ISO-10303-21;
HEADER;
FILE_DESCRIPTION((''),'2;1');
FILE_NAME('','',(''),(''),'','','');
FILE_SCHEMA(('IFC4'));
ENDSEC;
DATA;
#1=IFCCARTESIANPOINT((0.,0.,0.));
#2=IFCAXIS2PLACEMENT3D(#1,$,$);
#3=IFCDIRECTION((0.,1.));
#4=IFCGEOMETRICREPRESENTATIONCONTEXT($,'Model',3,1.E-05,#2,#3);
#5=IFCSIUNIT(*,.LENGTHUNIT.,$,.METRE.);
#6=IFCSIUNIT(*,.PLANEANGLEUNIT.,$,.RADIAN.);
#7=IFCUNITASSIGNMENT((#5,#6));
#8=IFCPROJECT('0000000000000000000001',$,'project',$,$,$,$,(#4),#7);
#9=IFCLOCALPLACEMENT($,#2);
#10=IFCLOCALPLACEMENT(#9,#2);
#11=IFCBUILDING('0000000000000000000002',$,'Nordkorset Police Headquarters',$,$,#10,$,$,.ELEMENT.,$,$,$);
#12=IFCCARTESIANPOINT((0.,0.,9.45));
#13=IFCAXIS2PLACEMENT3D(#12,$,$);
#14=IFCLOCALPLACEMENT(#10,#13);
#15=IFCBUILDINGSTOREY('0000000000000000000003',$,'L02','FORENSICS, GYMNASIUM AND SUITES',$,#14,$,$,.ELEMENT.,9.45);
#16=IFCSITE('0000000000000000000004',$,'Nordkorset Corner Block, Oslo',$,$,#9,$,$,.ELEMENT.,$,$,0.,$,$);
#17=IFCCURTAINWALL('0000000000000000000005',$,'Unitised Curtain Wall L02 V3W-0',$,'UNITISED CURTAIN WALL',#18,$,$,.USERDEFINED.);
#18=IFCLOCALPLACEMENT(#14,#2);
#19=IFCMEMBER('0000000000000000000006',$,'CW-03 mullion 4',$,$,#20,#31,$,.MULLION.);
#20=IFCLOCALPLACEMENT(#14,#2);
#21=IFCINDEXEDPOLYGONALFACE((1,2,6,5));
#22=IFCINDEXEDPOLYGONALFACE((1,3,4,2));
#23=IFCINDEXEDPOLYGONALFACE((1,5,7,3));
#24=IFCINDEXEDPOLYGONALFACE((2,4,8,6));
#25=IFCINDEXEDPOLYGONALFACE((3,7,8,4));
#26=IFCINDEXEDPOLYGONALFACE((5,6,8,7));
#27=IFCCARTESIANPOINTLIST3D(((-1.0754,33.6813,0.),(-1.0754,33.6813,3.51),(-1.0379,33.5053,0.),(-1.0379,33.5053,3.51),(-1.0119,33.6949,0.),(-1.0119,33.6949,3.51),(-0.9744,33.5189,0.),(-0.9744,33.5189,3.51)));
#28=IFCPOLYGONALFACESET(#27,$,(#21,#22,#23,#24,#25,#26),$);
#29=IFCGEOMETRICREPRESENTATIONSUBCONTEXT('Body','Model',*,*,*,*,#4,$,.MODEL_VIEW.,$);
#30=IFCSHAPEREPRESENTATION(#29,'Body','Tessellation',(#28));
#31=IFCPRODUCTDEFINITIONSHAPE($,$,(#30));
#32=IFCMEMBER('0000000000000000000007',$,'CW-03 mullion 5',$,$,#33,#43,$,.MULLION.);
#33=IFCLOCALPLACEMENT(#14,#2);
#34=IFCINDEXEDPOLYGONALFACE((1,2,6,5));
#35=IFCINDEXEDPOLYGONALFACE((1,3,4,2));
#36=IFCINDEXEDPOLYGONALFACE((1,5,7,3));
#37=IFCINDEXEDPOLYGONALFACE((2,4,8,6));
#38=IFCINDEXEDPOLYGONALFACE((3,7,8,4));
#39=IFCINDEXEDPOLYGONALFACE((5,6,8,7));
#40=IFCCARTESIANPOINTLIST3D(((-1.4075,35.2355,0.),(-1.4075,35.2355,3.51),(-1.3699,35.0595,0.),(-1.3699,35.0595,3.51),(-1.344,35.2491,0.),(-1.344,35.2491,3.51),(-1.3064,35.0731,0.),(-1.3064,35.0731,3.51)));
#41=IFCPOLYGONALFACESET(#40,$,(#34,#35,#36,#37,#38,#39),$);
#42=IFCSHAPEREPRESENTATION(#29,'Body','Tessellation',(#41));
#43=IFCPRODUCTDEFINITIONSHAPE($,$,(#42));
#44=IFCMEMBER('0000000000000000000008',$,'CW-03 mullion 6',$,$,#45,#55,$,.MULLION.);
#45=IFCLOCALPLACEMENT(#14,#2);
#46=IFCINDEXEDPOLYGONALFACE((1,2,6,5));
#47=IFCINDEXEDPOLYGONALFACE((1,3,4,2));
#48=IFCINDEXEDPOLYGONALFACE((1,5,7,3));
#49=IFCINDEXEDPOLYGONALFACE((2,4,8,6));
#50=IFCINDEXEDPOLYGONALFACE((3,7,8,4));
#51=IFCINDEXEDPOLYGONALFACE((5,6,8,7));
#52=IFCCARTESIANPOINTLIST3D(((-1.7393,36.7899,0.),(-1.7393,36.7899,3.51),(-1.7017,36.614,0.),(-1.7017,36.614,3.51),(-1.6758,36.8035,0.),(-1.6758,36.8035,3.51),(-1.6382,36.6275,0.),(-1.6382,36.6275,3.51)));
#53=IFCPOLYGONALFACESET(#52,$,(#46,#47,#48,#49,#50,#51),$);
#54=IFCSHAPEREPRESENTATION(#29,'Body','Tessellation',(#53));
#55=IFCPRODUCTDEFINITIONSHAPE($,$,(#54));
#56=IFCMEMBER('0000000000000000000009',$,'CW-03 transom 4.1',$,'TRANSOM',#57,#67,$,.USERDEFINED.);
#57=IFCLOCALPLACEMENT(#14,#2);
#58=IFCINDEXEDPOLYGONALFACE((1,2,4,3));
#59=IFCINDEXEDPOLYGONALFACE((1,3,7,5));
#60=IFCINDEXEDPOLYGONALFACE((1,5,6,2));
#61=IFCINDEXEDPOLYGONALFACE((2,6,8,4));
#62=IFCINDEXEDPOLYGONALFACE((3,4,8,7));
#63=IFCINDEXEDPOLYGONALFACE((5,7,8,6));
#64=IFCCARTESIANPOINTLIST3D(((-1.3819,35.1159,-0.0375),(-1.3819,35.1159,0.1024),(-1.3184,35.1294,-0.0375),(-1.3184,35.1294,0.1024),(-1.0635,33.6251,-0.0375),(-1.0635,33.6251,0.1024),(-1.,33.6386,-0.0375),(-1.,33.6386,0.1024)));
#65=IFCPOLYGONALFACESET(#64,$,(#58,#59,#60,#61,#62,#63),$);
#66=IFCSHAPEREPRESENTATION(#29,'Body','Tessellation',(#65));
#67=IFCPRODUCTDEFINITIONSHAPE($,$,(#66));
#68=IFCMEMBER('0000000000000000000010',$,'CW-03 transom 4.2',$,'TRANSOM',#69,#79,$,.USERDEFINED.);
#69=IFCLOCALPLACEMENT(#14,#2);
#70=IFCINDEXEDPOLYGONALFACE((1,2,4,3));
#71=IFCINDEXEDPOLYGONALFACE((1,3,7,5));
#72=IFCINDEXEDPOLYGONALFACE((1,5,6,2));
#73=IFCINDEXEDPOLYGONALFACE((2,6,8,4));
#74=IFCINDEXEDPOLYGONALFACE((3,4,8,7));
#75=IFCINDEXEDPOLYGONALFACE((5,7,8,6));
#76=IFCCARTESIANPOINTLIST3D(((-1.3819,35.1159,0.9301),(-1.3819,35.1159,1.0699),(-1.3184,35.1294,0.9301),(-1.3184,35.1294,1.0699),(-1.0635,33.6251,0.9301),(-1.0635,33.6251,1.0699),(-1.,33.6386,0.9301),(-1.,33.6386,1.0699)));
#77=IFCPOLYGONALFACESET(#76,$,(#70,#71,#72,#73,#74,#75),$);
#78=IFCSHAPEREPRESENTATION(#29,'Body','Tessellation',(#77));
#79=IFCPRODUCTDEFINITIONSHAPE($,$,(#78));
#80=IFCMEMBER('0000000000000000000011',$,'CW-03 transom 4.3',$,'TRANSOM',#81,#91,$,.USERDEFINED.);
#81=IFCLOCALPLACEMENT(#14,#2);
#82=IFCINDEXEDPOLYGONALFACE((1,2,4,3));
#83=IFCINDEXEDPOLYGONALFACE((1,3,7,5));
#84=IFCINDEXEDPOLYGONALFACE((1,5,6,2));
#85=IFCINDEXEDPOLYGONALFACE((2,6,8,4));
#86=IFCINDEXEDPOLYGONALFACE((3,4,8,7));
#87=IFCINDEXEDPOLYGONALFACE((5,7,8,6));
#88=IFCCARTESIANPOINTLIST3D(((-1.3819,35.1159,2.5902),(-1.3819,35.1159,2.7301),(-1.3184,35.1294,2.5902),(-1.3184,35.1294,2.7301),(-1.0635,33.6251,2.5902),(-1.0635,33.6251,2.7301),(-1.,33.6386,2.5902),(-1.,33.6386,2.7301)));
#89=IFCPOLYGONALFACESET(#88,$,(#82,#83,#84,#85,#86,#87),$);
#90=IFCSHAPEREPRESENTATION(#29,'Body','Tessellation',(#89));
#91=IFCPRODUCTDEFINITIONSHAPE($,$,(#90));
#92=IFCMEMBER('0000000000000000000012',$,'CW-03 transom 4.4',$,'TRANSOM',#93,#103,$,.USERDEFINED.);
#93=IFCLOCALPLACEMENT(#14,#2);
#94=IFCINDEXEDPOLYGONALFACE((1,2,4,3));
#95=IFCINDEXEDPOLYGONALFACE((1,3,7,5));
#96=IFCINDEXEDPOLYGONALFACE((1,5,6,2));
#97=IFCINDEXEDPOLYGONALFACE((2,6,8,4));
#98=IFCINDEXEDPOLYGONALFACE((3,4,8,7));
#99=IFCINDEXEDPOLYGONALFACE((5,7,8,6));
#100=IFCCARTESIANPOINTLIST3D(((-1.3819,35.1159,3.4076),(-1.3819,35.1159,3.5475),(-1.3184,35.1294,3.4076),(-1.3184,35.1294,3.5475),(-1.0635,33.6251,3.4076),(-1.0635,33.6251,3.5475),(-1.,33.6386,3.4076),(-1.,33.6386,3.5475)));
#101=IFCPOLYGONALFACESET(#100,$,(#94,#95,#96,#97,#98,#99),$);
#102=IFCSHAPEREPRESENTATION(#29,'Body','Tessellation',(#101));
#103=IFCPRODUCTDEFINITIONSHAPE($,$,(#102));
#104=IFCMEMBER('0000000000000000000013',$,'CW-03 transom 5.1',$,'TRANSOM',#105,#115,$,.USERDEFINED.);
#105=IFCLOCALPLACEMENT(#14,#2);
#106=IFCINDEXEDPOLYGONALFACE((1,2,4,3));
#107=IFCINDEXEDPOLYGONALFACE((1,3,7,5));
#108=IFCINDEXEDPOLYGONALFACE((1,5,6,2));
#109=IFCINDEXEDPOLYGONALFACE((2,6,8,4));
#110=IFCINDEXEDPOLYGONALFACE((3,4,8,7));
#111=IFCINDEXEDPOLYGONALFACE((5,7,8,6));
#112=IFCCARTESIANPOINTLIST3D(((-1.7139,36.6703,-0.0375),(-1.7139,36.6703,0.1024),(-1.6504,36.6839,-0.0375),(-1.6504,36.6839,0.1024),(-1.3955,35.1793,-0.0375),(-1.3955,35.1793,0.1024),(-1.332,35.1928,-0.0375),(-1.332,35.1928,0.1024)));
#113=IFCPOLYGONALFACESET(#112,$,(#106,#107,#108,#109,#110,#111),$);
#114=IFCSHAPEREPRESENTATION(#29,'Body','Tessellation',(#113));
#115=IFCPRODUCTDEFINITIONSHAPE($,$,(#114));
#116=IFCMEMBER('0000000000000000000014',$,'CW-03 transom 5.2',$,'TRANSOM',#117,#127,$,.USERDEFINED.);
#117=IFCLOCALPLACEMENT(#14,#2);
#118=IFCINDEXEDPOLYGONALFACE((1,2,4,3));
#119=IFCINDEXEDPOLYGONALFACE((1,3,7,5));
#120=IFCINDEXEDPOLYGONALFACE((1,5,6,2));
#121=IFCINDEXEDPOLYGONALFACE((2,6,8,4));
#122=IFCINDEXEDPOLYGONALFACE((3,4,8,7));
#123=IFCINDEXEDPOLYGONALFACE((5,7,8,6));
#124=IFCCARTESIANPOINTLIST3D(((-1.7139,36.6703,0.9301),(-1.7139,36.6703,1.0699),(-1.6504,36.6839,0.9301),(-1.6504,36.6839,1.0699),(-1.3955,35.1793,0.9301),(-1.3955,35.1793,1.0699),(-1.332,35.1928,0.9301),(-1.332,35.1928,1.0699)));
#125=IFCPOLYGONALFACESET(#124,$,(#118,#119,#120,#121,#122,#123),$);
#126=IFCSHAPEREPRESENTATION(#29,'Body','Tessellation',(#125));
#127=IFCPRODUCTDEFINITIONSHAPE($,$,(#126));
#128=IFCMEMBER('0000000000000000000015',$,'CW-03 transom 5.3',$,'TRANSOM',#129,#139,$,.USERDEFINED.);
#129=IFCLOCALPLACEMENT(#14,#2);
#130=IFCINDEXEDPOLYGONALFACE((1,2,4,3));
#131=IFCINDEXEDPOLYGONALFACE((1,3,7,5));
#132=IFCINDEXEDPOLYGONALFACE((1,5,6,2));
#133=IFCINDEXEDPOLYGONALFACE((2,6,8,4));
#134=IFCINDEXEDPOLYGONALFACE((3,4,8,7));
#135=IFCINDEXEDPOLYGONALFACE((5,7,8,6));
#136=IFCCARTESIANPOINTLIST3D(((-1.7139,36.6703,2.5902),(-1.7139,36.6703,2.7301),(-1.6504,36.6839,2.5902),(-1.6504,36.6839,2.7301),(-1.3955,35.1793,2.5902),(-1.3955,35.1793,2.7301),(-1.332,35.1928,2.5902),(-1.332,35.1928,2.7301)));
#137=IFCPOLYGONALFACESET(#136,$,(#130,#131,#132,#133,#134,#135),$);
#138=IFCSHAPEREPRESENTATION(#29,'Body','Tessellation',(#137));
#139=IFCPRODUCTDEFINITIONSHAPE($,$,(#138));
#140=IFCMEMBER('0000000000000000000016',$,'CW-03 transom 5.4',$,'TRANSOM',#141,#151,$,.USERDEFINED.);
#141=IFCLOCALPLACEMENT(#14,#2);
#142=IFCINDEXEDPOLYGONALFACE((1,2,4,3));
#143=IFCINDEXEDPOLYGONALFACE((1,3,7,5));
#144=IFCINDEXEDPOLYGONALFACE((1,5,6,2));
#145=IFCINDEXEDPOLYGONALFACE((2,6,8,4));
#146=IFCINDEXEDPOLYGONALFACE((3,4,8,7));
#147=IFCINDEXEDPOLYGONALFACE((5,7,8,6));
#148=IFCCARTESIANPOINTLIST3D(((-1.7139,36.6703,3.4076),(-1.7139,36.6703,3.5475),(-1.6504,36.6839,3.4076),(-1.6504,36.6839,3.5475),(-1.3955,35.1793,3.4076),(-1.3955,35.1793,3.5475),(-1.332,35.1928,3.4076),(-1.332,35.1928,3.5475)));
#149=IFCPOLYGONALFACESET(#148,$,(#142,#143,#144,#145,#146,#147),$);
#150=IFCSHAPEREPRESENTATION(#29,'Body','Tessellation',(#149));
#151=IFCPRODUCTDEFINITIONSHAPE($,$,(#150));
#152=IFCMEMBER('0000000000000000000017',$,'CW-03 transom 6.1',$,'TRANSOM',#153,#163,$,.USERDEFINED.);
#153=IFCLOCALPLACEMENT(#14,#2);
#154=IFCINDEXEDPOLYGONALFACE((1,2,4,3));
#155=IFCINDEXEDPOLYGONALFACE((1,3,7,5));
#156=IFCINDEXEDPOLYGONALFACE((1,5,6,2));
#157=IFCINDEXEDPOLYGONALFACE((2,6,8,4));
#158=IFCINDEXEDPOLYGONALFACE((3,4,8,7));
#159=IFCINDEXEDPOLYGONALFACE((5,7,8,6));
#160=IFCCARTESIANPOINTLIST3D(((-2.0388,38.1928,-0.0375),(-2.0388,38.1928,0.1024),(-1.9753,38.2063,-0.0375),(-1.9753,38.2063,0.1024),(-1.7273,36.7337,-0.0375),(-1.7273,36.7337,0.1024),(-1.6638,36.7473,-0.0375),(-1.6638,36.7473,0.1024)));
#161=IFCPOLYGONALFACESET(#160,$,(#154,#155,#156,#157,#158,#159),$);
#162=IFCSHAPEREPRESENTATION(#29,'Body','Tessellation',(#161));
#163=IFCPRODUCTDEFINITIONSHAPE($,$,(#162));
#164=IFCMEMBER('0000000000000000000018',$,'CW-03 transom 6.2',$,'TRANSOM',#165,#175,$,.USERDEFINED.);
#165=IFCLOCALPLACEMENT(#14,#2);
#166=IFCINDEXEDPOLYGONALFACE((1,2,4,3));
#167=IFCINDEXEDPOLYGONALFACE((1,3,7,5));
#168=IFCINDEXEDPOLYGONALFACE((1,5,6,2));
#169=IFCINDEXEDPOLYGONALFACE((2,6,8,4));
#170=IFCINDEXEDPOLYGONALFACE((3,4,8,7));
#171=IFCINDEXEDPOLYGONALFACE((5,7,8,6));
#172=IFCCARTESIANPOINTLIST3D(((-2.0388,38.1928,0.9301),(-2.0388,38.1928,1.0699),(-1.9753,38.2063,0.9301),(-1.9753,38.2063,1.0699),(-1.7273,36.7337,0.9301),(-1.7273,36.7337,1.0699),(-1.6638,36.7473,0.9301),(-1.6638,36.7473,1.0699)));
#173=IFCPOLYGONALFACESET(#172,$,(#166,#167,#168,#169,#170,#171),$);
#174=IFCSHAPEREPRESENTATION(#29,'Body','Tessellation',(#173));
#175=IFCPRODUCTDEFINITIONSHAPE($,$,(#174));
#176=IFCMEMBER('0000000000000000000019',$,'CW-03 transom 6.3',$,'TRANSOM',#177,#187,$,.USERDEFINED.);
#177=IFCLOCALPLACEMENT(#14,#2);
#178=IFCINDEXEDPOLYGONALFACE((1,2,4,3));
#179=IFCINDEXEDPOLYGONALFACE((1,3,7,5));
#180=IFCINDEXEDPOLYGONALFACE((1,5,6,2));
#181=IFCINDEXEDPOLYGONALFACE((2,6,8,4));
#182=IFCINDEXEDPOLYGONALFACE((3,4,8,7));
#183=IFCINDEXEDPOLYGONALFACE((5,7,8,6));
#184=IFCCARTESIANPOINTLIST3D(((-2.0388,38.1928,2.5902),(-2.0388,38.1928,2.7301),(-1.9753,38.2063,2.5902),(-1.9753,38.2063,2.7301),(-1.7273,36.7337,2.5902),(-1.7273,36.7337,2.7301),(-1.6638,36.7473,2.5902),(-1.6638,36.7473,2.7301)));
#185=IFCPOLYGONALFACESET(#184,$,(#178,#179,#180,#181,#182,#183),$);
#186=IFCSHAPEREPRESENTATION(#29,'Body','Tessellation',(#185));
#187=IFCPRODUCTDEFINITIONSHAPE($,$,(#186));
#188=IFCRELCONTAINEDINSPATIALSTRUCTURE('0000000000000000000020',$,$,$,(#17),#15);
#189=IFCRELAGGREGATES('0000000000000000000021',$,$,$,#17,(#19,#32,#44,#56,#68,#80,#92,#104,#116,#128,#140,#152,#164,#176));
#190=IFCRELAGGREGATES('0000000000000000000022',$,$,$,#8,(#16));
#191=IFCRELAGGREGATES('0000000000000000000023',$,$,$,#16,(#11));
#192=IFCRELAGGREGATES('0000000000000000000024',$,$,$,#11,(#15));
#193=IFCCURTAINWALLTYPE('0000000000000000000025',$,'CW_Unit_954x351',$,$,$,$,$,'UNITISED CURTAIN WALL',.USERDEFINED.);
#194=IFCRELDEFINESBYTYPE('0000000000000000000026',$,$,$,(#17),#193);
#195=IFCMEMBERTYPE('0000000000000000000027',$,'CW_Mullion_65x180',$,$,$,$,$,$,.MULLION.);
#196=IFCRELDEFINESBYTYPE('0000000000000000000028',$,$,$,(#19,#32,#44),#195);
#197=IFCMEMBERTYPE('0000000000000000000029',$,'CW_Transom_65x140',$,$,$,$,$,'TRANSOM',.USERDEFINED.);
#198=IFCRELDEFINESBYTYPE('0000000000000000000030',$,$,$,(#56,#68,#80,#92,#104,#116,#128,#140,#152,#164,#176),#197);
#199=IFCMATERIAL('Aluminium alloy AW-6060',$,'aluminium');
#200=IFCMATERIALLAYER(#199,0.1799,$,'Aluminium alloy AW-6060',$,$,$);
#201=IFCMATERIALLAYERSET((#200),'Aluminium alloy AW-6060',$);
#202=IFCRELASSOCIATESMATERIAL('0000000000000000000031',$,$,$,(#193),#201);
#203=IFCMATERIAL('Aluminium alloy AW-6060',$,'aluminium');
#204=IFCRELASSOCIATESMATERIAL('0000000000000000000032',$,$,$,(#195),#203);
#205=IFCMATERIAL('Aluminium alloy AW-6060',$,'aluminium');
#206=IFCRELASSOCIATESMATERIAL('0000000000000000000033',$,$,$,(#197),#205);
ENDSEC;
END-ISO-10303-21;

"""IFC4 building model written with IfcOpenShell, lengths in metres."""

from ifc_helpers import new_model, si_unit, direction, frame, origin, origin_2d, place, context, subcontext, project, spatial, rectangle, extrude, material, layer, layer_set, material_profile, profile_set, type_object, element, aggregate, save


model = new_model("IFC4")

# Units and contexts
model_context = context("Model", 3, precision=1e-05, world=origin(), true_north=direction((0.0, 1.0)))
body_context = subcontext(model_context, "Body", "Model", "MODEL_VIEW")
ifc_project = project(units=[si_unit("LENGTHUNIT", "METRE"), si_unit("PLANEANGLEUNIT", "RADIAN")], contexts=[model_context])

# Site, building, storey
site_placement = place(None, origin())
site = spatial("IfcSite", under=ifc_project, at=site_placement, Name="Nordkorset Corner Block, Oslo", CompositionType="ELEMENT", RefElevation=0.0)
building_placement = place(site_placement, origin())
building = spatial("IfcBuilding", under=site, at=building_placement, Name="Nordkorset Police Headquarters", CompositionType="ELEMENT")
storey_placement = place(building_placement, frame((0.0, 0.0, 9.45)))
storey = spatial("IfcBuildingStorey", under=building, at=storey_placement, Name="L02", Description="FORENSICS, GYMNASIUM AND SUITES", CompositionType="ELEMENT", Elevation=9.45)

# Curtain wall, members
ifc_material_1 = material(Name="Aluminium alloy AW-6060", Category="aluminium")
ifc_layer_1 = layer(ifc_material_1, 0.1799, Name="Aluminium alloy AW-6060")
ifc_layer_set_1 = layer_set([ifc_layer_1], Name="Aluminium alloy AW-6060")
curtain_wall_type = type_object("IfcCurtainWallType", Name="CW_Unit_954x351", ElementType="UNITISED CURTAIN WALL", PredefinedType="USERDEFINED", material=ifc_layer_set_1)
curtain_wall_placement = place(storey_placement, origin())
curtain_wall = element("IfcCurtainWall", 1, at=curtain_wall_placement, inside=storey, type_object=curtain_wall_type, Name="Unitised Curtain Wall L02 V3W-0", ObjectType="UNITISED CURTAIN WALL", PredefinedType="USERDEFINED")
ifc_material_2 = material(Name="Aluminium alloy AW-6060", Category="aluminium")
ifc_material_profile_1 = material_profile(ifc_material_2, rectangle(XDim=0.0649, YDim=0.1799, at=origin_2d()), Name="ALU MULL 65x180")
ifc_profile_set_1 = profile_set([ifc_material_profile_1], Name="Aluminium alloy AW-6060")
member_type_1 = type_object("IfcMemberType", Name="CW_Mullion_65x180", PredefinedType="MULLION", material=ifc_profile_set_1)
member_1_placement = place(storey_placement, frame((-1.0249, 33.6001, 0.0), z_axis=(0.0, 0.0, 1.0), x_axis=(-0.977951, -0.208833, 0.0)))
member_1 = element("IfcMember", 2, at=member_1_placement, type_object=member_type_1, Name="CW-03 mullion 4", PredefinedType="MULLION", context=body_context, shape_type="SweptSolid", body=[
    extrude(rectangle(XDim=0.0649, YDim=0.1799, at=origin_2d()), origin(), (0.0, 0.0, 1.0), 3.51),
])
member_2_placement = place(storey_placement, frame((-1.3569, 35.1543, 0.0), z_axis=(0.0, 0.0, 1.0), x_axis=(-0.977951, -0.208833, 0.0)))
member_2 = element("IfcMember", 3, at=member_2_placement, type_object=member_type_1, Name="CW-03 mullion 5", PredefinedType="MULLION", context=body_context, shape_type="SweptSolid", body=[
    extrude(rectangle(XDim=0.0649, YDim=0.1799, at=origin_2d()), origin(), (0.0, 0.0, 1.0), 3.51),
])
member_3_placement = place(storey_placement, frame((-1.6887, 36.7087, 0.0), z_axis=(0.0, 0.0, 1.0), x_axis=(-0.977951, -0.208833, 0.0)))
member_3 = element("IfcMember", 4, at=member_3_placement, type_object=member_type_1, Name="CW-03 mullion 6", PredefinedType="MULLION", context=body_context, shape_type="SweptSolid", body=[
    extrude(rectangle(XDim=0.0649, YDim=0.1799, at=origin_2d()), origin(), (0.0, 0.0, 1.0), 3.51),
])
ifc_material_3 = material(Name="Aluminium alloy AW-6060", Category="aluminium")
ifc_material_profile_2 = material_profile(ifc_material_3, rectangle(XDim=0.0649, YDim=0.1399, at=origin_2d()), Name="ALU TRAN 65x140")
ifc_profile_set_2 = profile_set([ifc_material_profile_2], Name="Aluminium alloy AW-6060")
member_type_2 = type_object("IfcMemberType", Name="CW_Transom_65x140", ElementType="TRANSOM", PredefinedType="USERDEFINED", material=ifc_profile_set_2)
member_4_placement = place(storey_placement, frame((-1.0317, 33.6318, 0.0325), z_axis=(-0.208851, 0.977947, 0.0), x_axis=(-0.977947, -0.208851, 0.0)))
member_4 = element("IfcMember", 5, at=member_4_placement, type_object=member_type_2, Name="CW-03 transom 4.1", ObjectType="TRANSOM", PredefinedType="USERDEFINED", context=body_context, shape_type="SweptSolid", body=[
    extrude(rectangle(XDim=0.0649, YDim=0.1399, at=origin_2d()), origin(), (0.0, 0.0, 1.0), 1.5244),
])
member_5_placement = place(storey_placement, frame((-1.0317, 33.6318, 1.0), z_axis=(-0.208851, 0.977947, 0.0), x_axis=(-0.977947, -0.208851, 0.0)))
member_5 = element("IfcMember", 6, at=member_5_placement, type_object=member_type_2, Name="CW-03 transom 4.2", ObjectType="TRANSOM", PredefinedType="USERDEFINED", context=body_context, shape_type="SweptSolid", body=[
    extrude(rectangle(XDim=0.0649, YDim=0.1399, at=origin_2d()), origin(), (0.0, 0.0, 1.0), 1.5244),
])
member_6_placement = place(storey_placement, frame((-1.0317, 33.6318, 2.6602), z_axis=(-0.208851, 0.977947, 0.0), x_axis=(-0.977947, -0.208851, 0.0)))
member_6 = element("IfcMember", 7, at=member_6_placement, type_object=member_type_2, Name="CW-03 transom 4.3", ObjectType="TRANSOM", PredefinedType="USERDEFINED", context=body_context, shape_type="SweptSolid", body=[
    extrude(rectangle(XDim=0.0649, YDim=0.1399, at=origin_2d()), origin(), (0.0, 0.0, 1.0), 1.5244),
])
member_7_placement = place(storey_placement, frame((-1.0317, 33.6318, 3.4775), z_axis=(-0.208851, 0.977947, 0.0), x_axis=(-0.977947, -0.208851, 0.0)))
member_7 = element("IfcMember", 8, at=member_7_placement, type_object=member_type_2, Name="CW-03 transom 4.4", ObjectType="TRANSOM", PredefinedType="USERDEFINED", context=body_context, shape_type="SweptSolid", body=[
    extrude(rectangle(XDim=0.0649, YDim=0.1399, at=origin_2d()), origin(), (0.0, 0.0, 1.0), 1.5244),
])
member_8_placement = place(storey_placement, frame((-1.3638, 35.186, 0.0325), z_axis=(-0.208818, 0.977954, 0.0), x_axis=(-0.977954, -0.208818, 0.0)))
member_8 = element("IfcMember", 9, at=member_8_placement, type_object=member_type_2, Name="CW-03 transom 5.1", ObjectType="TRANSOM", PredefinedType="USERDEFINED", context=body_context, shape_type="SweptSolid", body=[
    extrude(rectangle(XDim=0.0649, YDim=0.1399, at=origin_2d()), origin(), (0.0, 0.0, 1.0), 1.5247),
])
member_9_placement = place(storey_placement, frame((-1.3638, 35.186, 1.0), z_axis=(-0.208818, 0.977954, 0.0), x_axis=(-0.977954, -0.208818, 0.0)))
member_9 = element("IfcMember", 10, at=member_9_placement, type_object=member_type_2, Name="CW-03 transom 5.2", ObjectType="TRANSOM", PredefinedType="USERDEFINED", context=body_context, shape_type="SweptSolid", body=[
    extrude(rectangle(XDim=0.0649, YDim=0.1399, at=origin_2d()), origin(), (0.0, 0.0, 1.0), 1.5247),
])
member_10_placement = place(storey_placement, frame((-1.3638, 35.186, 2.6602), z_axis=(-0.208818, 0.977954, 0.0), x_axis=(-0.977954, -0.208818, 0.0)))
member_10 = element("IfcMember", 11, at=member_10_placement, type_object=member_type_2, Name="CW-03 transom 5.3", ObjectType="TRANSOM", PredefinedType="USERDEFINED", context=body_context, shape_type="SweptSolid", body=[
    extrude(rectangle(XDim=0.0649, YDim=0.1399, at=origin_2d()), origin(), (0.0, 0.0, 1.0), 1.5247),
])
member_11_placement = place(storey_placement, frame((-1.3638, 35.186, 3.4775), z_axis=(-0.208818, 0.977954, 0.0), x_axis=(-0.977954, -0.208818, 0.0)))
member_11 = element("IfcMember", 12, at=member_11_placement, type_object=member_type_2, Name="CW-03 transom 5.4", ObjectType="TRANSOM", PredefinedType="USERDEFINED", context=body_context, shape_type="SweptSolid", body=[
    extrude(rectangle(XDim=0.0649, YDim=0.1399, at=origin_2d()), origin(), (0.0, 0.0, 1.0), 1.5247),
])
member_12_placement = place(storey_placement, frame((-1.6956, 36.7405, 0.0325), z_axis=(-0.208814, 0.977955, 0.0), x_axis=(-0.977955, -0.208814, 0.0)))
member_12 = element("IfcMember", 13, at=member_12_placement, type_object=member_type_2, Name="CW-03 transom 6.1", ObjectType="TRANSOM", PredefinedType="USERDEFINED", context=body_context, shape_type="SweptSolid", body=[
    extrude(rectangle(XDim=0.0649, YDim=0.1399, at=origin_2d()), origin(), (0.0, 0.0, 1.0), 1.4919),
])
member_13_placement = place(storey_placement, frame((-1.6956, 36.7405, 1.0), z_axis=(-0.208814, 0.977955, 0.0), x_axis=(-0.977955, -0.208814, 0.0)))
member_13 = element("IfcMember", 14, at=member_13_placement, type_object=member_type_2, Name="CW-03 transom 6.2", ObjectType="TRANSOM", PredefinedType="USERDEFINED", context=body_context, shape_type="SweptSolid", body=[
    extrude(rectangle(XDim=0.0649, YDim=0.1399, at=origin_2d()), origin(), (0.0, 0.0, 1.0), 1.4919),
])
member_14_placement = place(storey_placement, frame((-1.6956, 36.7405, 2.6602), z_axis=(-0.208814, 0.977955, 0.0), x_axis=(-0.977955, -0.208814, 0.0)))
member_14 = element("IfcMember", 15, at=member_14_placement, type_object=member_type_2, Name="CW-03 transom 6.3", ObjectType="TRANSOM", PredefinedType="USERDEFINED", context=body_context, shape_type="SweptSolid", body=[
    extrude(rectangle(XDim=0.0649, YDim=0.1399, at=origin_2d()), origin(), (0.0, 0.0, 1.0), 1.4919),
])
aggregate(curtain_wall, [member_1, member_2, member_3, member_4, member_5, member_6, member_7, member_8, member_9, member_10, member_11, member_12, member_13, member_14])

save(model, "model.ifc")
